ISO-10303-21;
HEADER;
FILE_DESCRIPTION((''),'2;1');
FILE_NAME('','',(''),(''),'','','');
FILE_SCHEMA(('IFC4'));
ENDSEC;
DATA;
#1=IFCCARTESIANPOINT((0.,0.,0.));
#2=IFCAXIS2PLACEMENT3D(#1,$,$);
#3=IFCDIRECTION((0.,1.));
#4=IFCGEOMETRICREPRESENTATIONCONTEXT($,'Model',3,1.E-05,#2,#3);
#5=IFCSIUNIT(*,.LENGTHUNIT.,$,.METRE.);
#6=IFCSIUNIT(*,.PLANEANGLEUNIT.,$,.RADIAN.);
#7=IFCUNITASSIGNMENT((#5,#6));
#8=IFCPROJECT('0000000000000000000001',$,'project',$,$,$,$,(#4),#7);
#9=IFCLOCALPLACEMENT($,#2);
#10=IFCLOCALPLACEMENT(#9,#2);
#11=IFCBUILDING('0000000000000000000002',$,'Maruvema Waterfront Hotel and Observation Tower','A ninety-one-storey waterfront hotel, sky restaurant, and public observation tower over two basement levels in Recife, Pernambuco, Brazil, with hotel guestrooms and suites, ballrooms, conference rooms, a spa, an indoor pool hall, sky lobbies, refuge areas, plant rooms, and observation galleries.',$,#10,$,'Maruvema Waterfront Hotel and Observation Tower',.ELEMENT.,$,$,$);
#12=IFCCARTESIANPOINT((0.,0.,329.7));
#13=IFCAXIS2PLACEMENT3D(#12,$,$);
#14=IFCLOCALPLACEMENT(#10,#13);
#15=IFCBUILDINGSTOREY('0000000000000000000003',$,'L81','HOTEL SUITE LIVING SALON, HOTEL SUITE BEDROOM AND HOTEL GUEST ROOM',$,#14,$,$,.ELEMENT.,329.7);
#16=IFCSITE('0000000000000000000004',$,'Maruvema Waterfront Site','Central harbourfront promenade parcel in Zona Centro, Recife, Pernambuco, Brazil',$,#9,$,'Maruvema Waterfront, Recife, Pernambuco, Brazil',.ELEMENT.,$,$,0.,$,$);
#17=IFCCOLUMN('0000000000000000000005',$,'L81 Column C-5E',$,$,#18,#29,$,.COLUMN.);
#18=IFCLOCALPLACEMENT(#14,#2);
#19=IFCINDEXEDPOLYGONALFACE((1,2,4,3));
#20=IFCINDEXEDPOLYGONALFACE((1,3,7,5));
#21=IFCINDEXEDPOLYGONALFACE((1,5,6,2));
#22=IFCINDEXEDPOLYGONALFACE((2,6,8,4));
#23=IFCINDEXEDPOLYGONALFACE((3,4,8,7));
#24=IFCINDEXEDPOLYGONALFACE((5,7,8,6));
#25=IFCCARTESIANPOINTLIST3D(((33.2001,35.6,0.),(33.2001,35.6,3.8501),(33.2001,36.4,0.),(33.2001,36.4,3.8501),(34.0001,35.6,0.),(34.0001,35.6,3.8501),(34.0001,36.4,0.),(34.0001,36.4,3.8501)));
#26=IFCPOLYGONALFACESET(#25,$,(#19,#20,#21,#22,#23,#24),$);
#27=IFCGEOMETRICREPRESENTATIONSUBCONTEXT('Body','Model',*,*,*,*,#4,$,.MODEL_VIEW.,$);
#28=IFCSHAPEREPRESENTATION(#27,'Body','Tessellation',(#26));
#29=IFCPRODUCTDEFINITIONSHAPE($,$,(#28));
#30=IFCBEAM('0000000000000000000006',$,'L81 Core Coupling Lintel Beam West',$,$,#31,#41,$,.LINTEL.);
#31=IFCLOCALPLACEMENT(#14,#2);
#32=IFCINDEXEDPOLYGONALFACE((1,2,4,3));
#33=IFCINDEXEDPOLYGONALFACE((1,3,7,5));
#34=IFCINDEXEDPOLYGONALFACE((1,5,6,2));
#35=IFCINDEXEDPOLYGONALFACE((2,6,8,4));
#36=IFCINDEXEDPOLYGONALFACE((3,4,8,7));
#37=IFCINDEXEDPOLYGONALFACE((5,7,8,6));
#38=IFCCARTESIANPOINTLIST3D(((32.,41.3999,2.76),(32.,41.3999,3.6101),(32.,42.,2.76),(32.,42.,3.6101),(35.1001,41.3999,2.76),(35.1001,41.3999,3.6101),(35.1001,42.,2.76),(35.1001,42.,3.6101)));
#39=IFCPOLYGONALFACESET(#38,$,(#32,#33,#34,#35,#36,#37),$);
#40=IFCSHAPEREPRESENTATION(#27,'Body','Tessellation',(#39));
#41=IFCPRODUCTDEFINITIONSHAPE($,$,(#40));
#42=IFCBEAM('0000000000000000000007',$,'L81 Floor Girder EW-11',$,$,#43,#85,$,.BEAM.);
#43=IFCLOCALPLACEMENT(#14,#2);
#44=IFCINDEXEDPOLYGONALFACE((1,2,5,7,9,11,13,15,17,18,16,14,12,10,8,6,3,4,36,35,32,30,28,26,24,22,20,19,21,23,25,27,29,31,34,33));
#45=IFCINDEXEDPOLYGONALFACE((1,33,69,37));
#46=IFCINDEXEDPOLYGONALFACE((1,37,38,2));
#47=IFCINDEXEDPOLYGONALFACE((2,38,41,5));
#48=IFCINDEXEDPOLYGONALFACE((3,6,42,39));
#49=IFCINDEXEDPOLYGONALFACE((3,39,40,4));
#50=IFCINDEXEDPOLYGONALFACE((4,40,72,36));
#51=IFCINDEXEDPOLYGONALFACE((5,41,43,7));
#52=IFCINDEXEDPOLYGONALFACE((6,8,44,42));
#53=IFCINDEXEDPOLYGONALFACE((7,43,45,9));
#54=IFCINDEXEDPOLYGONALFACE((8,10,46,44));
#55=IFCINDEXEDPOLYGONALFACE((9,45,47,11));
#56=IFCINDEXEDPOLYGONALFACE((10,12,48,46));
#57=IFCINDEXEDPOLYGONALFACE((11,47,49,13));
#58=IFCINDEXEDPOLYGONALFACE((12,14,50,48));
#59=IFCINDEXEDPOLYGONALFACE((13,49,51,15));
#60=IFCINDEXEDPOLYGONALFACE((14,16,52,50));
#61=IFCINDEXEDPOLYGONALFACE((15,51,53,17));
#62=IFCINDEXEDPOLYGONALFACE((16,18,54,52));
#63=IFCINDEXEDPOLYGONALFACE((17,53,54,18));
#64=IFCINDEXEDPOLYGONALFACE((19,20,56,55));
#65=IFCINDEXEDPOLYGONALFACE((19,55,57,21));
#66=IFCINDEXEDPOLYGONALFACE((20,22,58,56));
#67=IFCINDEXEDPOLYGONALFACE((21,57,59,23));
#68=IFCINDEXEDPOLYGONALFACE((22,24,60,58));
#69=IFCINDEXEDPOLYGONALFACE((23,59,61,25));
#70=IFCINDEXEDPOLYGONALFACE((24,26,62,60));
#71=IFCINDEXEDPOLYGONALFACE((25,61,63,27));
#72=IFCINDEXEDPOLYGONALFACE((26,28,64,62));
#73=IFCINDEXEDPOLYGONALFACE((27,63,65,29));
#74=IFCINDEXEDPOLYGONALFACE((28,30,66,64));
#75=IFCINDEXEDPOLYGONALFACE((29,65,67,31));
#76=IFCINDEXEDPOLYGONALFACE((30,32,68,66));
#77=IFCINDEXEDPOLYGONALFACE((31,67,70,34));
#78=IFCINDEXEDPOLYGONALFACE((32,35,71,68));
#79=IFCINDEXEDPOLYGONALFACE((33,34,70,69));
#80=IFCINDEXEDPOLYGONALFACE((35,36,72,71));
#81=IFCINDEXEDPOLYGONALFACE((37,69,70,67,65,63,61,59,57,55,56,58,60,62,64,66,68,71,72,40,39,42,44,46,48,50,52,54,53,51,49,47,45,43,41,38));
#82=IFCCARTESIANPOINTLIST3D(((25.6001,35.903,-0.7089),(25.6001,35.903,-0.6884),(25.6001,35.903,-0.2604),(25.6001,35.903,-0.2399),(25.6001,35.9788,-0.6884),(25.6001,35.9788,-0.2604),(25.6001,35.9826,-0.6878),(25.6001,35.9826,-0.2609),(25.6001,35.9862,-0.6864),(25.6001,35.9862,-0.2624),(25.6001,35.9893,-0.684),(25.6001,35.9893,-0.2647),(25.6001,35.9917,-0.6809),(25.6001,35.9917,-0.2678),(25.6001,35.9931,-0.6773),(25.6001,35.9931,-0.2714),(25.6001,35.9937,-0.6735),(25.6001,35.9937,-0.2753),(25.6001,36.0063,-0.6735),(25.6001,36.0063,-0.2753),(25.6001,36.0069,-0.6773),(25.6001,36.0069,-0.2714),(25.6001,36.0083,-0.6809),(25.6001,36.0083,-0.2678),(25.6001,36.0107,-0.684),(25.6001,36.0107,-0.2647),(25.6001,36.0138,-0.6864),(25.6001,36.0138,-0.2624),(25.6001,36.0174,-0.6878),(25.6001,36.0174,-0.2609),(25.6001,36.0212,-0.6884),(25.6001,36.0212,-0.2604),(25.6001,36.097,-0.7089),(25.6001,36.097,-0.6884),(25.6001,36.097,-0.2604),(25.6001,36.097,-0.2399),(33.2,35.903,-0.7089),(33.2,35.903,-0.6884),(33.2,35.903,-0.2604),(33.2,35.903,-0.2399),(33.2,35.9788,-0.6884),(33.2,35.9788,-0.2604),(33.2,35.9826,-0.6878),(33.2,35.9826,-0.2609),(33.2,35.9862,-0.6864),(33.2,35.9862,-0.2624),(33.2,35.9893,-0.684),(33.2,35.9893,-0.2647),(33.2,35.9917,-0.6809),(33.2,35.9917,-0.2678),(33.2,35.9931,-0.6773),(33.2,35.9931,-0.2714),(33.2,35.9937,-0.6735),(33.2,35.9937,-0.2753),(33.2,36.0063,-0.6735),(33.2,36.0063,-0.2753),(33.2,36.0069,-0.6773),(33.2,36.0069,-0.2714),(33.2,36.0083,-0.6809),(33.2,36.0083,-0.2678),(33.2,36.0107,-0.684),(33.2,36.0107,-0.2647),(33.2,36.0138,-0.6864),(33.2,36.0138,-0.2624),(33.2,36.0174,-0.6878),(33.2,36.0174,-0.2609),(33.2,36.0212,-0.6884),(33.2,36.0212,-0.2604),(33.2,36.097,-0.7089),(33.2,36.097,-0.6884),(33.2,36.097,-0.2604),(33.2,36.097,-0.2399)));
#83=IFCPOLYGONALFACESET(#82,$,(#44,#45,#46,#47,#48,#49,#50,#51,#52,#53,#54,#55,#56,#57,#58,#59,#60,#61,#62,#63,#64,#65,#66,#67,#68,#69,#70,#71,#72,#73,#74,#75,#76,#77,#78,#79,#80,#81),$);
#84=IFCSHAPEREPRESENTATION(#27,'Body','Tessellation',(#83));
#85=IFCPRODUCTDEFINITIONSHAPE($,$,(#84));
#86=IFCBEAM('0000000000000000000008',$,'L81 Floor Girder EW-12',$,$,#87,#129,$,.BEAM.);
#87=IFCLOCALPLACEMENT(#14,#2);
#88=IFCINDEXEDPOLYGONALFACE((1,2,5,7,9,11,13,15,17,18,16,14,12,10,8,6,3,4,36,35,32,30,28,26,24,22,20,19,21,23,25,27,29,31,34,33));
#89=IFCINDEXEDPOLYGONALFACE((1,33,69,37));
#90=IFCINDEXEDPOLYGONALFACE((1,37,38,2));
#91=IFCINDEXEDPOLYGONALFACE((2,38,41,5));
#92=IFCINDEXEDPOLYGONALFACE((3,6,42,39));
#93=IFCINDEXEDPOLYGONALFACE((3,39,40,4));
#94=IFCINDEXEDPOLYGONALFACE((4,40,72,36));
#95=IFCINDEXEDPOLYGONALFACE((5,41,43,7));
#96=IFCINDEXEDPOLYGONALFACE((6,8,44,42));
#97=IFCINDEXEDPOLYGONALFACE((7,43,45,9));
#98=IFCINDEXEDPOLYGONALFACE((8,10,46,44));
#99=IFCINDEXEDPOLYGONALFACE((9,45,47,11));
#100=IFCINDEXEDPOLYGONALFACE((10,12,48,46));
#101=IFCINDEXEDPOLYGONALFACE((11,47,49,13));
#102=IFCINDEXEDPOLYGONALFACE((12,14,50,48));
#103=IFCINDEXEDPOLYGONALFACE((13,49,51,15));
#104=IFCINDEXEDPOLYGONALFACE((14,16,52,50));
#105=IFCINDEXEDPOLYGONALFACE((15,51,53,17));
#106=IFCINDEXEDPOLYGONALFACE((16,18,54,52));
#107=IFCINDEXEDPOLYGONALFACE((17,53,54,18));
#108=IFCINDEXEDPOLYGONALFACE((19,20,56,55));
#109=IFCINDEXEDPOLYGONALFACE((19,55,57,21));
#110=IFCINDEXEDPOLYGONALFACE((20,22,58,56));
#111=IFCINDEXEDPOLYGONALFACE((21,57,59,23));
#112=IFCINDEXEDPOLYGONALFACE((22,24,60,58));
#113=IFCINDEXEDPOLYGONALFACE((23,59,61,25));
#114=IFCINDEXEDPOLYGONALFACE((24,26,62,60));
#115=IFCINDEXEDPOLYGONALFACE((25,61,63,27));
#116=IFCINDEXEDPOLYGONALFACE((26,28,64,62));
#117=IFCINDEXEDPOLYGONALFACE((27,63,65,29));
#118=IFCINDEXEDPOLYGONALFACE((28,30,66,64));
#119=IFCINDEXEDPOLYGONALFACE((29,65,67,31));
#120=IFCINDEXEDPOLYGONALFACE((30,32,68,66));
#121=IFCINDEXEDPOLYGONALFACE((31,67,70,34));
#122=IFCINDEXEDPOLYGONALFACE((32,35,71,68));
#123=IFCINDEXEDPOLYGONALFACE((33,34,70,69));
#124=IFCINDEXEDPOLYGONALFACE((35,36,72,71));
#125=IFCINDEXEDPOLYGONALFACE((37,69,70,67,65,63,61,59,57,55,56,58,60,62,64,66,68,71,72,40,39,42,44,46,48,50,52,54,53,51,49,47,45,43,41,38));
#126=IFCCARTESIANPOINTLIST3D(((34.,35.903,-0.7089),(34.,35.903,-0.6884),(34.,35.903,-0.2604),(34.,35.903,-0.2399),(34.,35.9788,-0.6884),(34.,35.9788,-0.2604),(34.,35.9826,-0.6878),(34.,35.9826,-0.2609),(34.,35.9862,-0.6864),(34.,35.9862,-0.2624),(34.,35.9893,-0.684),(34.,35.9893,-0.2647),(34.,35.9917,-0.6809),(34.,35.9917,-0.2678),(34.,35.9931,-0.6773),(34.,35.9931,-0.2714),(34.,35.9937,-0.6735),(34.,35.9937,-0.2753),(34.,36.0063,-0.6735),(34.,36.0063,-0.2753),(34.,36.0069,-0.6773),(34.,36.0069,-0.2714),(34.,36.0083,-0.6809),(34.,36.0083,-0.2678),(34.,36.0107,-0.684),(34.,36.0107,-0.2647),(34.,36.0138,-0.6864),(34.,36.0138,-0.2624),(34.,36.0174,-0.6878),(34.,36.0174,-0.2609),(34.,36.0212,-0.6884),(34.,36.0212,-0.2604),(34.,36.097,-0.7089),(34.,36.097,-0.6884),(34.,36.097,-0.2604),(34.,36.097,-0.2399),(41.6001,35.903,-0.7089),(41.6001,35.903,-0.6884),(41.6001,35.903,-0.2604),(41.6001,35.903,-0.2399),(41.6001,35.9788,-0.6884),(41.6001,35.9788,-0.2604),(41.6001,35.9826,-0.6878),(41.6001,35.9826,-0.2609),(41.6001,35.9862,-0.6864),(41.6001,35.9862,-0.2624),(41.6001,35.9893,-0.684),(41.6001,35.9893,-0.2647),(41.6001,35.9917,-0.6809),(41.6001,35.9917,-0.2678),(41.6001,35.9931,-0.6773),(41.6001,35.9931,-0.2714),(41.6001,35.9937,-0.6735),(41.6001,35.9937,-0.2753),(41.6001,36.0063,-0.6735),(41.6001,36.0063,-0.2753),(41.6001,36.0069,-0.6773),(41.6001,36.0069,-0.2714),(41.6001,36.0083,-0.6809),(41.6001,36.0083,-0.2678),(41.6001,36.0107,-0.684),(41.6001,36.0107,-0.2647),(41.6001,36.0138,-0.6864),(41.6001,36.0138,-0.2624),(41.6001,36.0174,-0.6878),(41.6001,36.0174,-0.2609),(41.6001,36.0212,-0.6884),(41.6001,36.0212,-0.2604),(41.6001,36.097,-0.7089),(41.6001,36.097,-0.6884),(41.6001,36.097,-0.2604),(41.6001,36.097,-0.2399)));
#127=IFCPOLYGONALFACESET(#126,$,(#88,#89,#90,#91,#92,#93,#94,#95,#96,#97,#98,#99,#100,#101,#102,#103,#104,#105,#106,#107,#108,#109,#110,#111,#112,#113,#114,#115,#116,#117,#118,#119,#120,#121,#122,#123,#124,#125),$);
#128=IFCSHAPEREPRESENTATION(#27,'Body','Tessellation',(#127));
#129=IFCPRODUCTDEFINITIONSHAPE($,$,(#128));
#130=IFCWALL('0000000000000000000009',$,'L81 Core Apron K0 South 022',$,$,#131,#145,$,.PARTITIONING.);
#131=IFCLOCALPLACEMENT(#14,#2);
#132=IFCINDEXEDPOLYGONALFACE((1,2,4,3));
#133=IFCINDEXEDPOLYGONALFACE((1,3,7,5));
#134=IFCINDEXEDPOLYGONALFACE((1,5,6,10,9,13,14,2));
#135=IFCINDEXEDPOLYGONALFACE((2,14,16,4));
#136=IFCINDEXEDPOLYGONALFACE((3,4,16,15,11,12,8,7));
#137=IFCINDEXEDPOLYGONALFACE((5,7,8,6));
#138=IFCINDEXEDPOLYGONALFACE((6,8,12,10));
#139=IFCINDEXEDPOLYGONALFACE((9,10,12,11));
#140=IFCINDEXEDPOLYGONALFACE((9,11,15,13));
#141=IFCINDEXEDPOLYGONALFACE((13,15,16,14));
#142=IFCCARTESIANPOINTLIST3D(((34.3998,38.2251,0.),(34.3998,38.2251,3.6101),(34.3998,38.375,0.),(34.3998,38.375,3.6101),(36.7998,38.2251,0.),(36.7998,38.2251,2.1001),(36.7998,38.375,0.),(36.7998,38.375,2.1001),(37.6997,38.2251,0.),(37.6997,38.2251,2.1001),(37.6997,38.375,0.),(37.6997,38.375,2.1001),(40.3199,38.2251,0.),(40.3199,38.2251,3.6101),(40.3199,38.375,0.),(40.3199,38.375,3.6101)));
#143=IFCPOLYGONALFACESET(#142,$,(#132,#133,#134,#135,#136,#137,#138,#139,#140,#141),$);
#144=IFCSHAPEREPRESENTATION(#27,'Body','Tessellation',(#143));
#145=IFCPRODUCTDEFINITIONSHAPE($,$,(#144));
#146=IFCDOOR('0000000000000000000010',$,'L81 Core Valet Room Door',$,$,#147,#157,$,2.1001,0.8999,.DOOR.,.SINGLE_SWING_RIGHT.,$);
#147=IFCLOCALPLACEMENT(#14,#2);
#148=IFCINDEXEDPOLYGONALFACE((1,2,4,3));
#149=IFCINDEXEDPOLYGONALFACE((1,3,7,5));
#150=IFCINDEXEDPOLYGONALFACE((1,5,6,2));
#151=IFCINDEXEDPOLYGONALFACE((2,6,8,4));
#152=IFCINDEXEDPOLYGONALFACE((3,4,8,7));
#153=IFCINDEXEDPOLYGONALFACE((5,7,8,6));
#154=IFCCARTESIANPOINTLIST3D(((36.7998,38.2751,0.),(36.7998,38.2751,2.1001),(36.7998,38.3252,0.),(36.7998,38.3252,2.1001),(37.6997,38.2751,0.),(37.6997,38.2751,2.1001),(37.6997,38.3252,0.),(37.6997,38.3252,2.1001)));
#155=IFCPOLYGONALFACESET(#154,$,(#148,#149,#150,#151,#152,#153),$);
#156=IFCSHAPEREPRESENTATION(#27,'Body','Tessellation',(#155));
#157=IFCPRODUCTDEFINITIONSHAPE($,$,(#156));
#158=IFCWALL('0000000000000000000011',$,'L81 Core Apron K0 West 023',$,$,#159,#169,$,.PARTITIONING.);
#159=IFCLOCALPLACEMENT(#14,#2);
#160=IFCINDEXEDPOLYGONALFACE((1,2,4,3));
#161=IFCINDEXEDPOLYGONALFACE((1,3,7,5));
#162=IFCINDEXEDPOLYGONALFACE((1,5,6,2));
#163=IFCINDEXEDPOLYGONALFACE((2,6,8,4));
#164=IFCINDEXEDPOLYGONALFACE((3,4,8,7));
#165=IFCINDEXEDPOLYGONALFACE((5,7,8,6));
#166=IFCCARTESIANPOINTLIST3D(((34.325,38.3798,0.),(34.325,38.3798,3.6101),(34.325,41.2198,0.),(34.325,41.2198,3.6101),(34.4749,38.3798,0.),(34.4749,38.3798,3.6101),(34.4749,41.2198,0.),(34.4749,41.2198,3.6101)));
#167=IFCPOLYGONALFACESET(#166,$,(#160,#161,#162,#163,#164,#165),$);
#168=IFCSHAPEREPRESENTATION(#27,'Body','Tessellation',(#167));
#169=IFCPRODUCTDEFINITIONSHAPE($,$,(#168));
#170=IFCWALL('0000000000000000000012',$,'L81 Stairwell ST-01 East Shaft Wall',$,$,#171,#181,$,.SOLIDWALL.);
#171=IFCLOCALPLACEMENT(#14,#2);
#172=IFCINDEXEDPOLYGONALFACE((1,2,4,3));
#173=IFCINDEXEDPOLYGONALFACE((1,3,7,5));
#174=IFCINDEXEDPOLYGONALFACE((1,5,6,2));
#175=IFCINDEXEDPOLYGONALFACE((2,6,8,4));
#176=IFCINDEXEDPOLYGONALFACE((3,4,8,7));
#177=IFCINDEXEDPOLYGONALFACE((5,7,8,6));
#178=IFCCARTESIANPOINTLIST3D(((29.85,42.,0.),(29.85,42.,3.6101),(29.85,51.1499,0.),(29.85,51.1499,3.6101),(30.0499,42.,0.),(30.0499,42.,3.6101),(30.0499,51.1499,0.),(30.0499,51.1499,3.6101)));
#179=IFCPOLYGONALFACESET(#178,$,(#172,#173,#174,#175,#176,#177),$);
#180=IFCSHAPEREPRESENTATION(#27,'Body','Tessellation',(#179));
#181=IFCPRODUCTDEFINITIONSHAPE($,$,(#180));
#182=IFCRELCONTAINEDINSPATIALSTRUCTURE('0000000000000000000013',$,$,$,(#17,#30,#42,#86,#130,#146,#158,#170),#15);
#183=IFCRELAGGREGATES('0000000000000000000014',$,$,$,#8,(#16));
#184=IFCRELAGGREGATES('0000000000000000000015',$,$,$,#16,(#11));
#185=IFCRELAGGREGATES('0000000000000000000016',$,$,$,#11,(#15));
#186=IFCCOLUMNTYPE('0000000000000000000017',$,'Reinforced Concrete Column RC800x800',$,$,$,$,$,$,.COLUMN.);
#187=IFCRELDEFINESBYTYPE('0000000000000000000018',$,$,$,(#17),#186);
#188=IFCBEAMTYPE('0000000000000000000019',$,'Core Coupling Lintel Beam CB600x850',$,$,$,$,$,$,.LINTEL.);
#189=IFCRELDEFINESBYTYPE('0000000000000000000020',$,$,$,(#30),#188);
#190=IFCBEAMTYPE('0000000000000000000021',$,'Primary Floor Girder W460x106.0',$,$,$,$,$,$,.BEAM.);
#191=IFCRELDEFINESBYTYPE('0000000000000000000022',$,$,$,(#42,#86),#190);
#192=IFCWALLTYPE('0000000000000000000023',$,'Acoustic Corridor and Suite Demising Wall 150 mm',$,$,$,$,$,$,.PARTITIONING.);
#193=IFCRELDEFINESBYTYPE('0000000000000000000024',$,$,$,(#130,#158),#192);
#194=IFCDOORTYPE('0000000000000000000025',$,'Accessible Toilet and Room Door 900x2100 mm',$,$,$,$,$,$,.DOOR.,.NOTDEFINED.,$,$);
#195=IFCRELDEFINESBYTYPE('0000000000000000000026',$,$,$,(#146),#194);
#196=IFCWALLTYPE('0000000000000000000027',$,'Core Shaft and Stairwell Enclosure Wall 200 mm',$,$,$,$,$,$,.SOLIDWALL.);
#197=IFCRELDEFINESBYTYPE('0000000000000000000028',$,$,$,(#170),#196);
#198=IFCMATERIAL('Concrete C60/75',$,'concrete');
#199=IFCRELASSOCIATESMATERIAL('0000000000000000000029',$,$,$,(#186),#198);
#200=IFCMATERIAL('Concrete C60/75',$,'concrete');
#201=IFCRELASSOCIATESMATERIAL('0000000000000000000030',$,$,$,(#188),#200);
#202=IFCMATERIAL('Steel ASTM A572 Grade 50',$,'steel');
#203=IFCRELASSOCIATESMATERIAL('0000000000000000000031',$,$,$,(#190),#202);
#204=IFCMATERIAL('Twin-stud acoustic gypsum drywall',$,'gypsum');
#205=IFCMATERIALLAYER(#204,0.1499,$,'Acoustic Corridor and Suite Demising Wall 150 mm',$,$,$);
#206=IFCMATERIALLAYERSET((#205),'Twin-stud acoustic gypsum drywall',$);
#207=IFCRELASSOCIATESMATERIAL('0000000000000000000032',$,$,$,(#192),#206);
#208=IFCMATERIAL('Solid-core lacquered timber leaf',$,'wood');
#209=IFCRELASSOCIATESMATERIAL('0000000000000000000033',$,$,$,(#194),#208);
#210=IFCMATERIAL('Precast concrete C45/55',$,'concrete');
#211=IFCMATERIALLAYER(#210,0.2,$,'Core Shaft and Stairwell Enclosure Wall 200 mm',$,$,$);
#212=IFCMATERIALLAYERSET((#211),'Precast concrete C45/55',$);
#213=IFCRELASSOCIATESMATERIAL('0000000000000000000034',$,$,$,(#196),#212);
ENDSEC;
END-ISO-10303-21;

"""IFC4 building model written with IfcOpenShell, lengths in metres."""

from ifc_helpers import new_model, si_unit, direction, frame, frame_2d, origin, origin_2d, place, context, subcontext, project, spatial, rectangle, i_section, extrude, material, layer, layer_set, material_profile, profile_set, type_object, element, fill, save


model = new_model("IFC4")

# Units and contexts
model_context = context("Model", 3, precision=1e-05, world=origin(), true_north=direction((0.0, 1.0)))
body_context = subcontext(model_context, "Body", "Model", "MODEL_VIEW")
ifc_project = project(units=[si_unit("LENGTHUNIT", "METRE"), si_unit("PLANEANGLEUNIT", "RADIAN")], contexts=[model_context])

# Site, building, storey
site_placement = place(None, origin())
site = spatial("IfcSite", under=ifc_project, at=site_placement, Name="Maruvema Waterfront Site", Description="Central harbourfront promenade parcel in Zona Centro, Recife, Pernambuco, Brazil", LongName="Maruvema Waterfront, Recife, Pernambuco, Brazil", CompositionType="ELEMENT", RefElevation=0.0)
building_placement = place(site_placement, origin())
building = spatial("IfcBuilding", under=site, at=building_placement, Name="Maruvema Waterfront Hotel and Observation Tower", Description="A ninety-one-storey waterfront hotel, sky restaurant, and public observation tower over two basement levels in Recife, Pernambuco, Brazil, with hotel guestrooms and suites, ballrooms, conference rooms, a spa, an indoor pool hall, sky lobbies, refuge areas, plant rooms, and observation galleries.", LongName="Maruvema Waterfront Hotel and Observation Tower", CompositionType="ELEMENT")
storey_placement = place(building_placement, frame((0.0, 0.0, 329.7)))
storey = spatial("IfcBuildingStorey", under=building, at=storey_placement, Name="L81", Description="HOTEL SUITE LIVING SALON, HOTEL SUITE BEDROOM AND HOTEL GUEST ROOM", CompositionType="ELEMENT", Elevation=329.7)

# Column
ifc_material_1 = material(Name="Concrete C60/75", Category="concrete")
ifc_material_profile_1 = material_profile(ifc_material_1, rectangle(XDim=0.8, YDim=0.8, at=origin_2d()), Name="RC800x800")
ifc_profile_set_1 = profile_set([ifc_material_profile_1], Name="Concrete C60/75")
column_type = type_object("IfcColumnType", Name="Reinforced Concrete Column RC800x800", PredefinedType="COLUMN", material=ifc_profile_set_1)
column_placement = place(storey_placement, frame((33.6001, 36.0, 0.0), z_axis=(0.0, 0.0, 1.0), x_axis=(1.0, 0.0, 0.0)))
element("IfcColumn", 1, at=column_placement, inside=storey, type_object=column_type, Name="L81 Column C-5E", PredefinedType="COLUMN", context=body_context, shape_type="SweptSolid", body=[
    extrude(rectangle(XDim=0.8, YDim=0.8, at=origin_2d()), origin(), (0.0, 0.0, 1.0), 3.8501),
])

# Beams
ifc_material_2 = material(Name="Concrete C60/75", Category="concrete")
ifc_material_profile_2 = material_profile(ifc_material_2, rectangle(XDim=0.6001, YDim=0.8501, at=origin_2d()), Name="CB600x850")
ifc_profile_set_2 = profile_set([ifc_material_profile_2], Name="Concrete C60/75")
beam_type_1 = type_object("IfcBeamType", Name="Core Coupling Lintel Beam CB600x850", PredefinedType="LINTEL", material=ifc_profile_set_2)
beam_1_placement = place(storey_placement, frame((32.0, 41.7, 3.1851), z_axis=(1.0, 0.0, 0.0), x_axis=(0.0, 1.0, 0.0)))
element("IfcBeam", 2, at=beam_1_placement, inside=storey, type_object=beam_type_1, Name="L81 Core Coupling Lintel Beam West", PredefinedType="LINTEL", context=body_context, shape_type="SweptSolid", body=[
    extrude(rectangle(XDim=0.6001, YDim=0.8501, at=origin_2d()), origin(), (0.0, 0.0, 1.0), 3.1001),
])
ifc_material_3 = material(Name="Steel ASTM A572 Grade 50", Category="steel")
ifc_material_profile_3 = material_profile(ifc_material_3, i_section(OverallWidth=0.1941, OverallDepth=0.469, WebThickness=0.0127, FlangeThickness=0.0205, FilletRadius=0.0149, at=origin_2d()), Name="W460x106.0")
ifc_profile_set_3 = profile_set([ifc_material_profile_3], Name="Steel ASTM A572 Grade 50")
beam_type_2 = type_object("IfcBeamType", Name="Primary Floor Girder W460x106.0", PredefinedType="BEAM", material=ifc_profile_set_3)
beam_2_placement = place(storey_placement, frame((25.6001, 36.0, -0.4744), z_axis=(1.0, 0.0, 0.0), x_axis=(0.0, 1.0, 0.0)))
element("IfcBeam", 3, at=beam_2_placement, inside=storey, type_object=beam_type_2, Name="L81 Floor Girder EW-11", PredefinedType="BEAM", context=body_context, shape_type="SweptSolid", body=[
    extrude(i_section(OverallWidth=0.1941, OverallDepth=0.469, WebThickness=0.0127, FlangeThickness=0.0205, FilletRadius=0.0149, at=origin_2d()), origin(), (0.0, 0.0, 1.0), 7.5999),
])
beam_3_placement = place(storey_placement, frame((34.0, 36.0, -0.4744), z_axis=(1.0, 0.0, 0.0), x_axis=(0.0, 1.0, 0.0)))
element("IfcBeam", 4, at=beam_3_placement, inside=storey, type_object=beam_type_2, Name="L81 Floor Girder EW-12", PredefinedType="BEAM", context=body_context, shape_type="SweptSolid", body=[
    extrude(i_section(OverallWidth=0.1941, OverallDepth=0.469, WebThickness=0.0127, FlangeThickness=0.0205, FilletRadius=0.0149, at=origin_2d()), origin(), (0.0, 0.0, 1.0), 7.6001),
])

# Wall, opening, door
ifc_material_4 = material(Name="Twin-stud acoustic gypsum drywall", Category="gypsum")
ifc_layer_1 = layer(ifc_material_4, 0.1499, Name="Acoustic Corridor and Suite Demising Wall 150 mm")
ifc_layer_set_1 = layer_set([ifc_layer_1], Name="Twin-stud acoustic gypsum drywall")
wall_type_1 = type_object("IfcWallType", Name="Acoustic Corridor and Suite Demising Wall 150 mm", PredefinedType="PARTITIONING", material=ifc_layer_set_1)
wall_1_placement = place(storey_placement, frame((34.3999, 38.3, 0.0), z_axis=(0.0, 0.0, 1.0), x_axis=(1.0, 0.0, 0.0)))
wall_1 = element("IfcWall", 5, at=wall_1_placement, inside=storey, type_object=wall_type_1, Name="L81 Core Apron K0 South 022", PredefinedType="PARTITIONING", context=body_context, shape_type="SweptSolid", body=[
    extrude(rectangle(XDim=5.9202, YDim=0.1499, at=frame_2d((2.96, 0.0))), origin(), (0.0, 0.0, 1.0), 3.6101),
])
opening_1_placement = place(wall_1_placement, frame((2.3999, 0.0, 0.0)))
opening_1 = element("IfcOpeningElement", 6, at=opening_1_placement, cuts=wall_1, PredefinedType="OPENING", context=body_context, shape_type="SweptSolid", body=[
    extrude(rectangle(XDim=0.8999, YDim=2.1001, at=frame_2d((0.45, 1.05))), frame((0.0, 0.085, 0.0), z_axis=(0.0, -1.0, 0.0), x_axis=(1.0, 0.0, 0.0)), (0.0, 0.0, 1.0), 0.1699),
])
ifc_material_5 = material(Name="Solid-core lacquered timber leaf", Category="wood")
door_type_1 = type_object("IfcDoorType", Name="Accessible Toilet and Room Door 900x2100 mm", OperationType="NOTDEFINED", PredefinedType="DOOR", material=ifc_material_5)
door_1_placement = place(opening_1_placement, frame((0.8999, 0.0, 0.0), z_axis=(0.0, 0.0, 1.0), x_axis=(-1.0, 0.0, 0.0)))
door_1 = element("IfcDoor", 7, at=door_1_placement, inside=storey, type_object=door_type_1, Name="L81 Core Valet Room Door", OperationType="SINGLE_SWING_RIGHT", OverallHeight=2.1001, OverallWidth=0.8999, PredefinedType="DOOR", context=body_context, shape_type="SweptSolid", body=[
    extrude(rectangle(XDim=0.8999, YDim=2.1001, at=frame_2d((0.45, 1.05))), frame((0.0, 0.0249, 0.0), z_axis=(0.0, -1.0, 0.0), x_axis=(1.0, 0.0, 0.0)), (0.0, 0.0, 1.0), 0.05),
])
fill(opening_1, door_1)

# Walls
wall_2_placement = place(storey_placement, frame((34.3999, 38.3799, 0.0), z_axis=(0.0, 0.0, 1.0), x_axis=(0.0, 1.0, 0.0)))
element("IfcWall", 8, at=wall_2_placement, inside=storey, type_object=wall_type_1, Name="L81 Core Apron K0 West 023", PredefinedType="PARTITIONING", context=body_context, shape_type="SweptSolid", body=[
    extrude(rectangle(XDim=2.8401, YDim=0.1499, at=frame_2d((1.4199, 0.0))), origin(), (0.0, 0.0, 1.0), 3.6101),
])
ifc_material_6 = material(Name="Precast concrete C45/55", Category="concrete")
ifc_layer_2 = layer(ifc_material_6, 0.2, Name="Core Shaft and Stairwell Enclosure Wall 200 mm")
ifc_layer_set_2 = layer_set([ifc_layer_2], Name="Precast concrete C45/55")
wall_type_2 = type_object("IfcWallType", Name="Core Shaft and Stairwell Enclosure Wall 200 mm", PredefinedType="SOLIDWALL", material=ifc_layer_set_2)
wall_3_placement = place(storey_placement, frame((29.95, 42.0, 0.0), z_axis=(0.0, 0.0, 1.0), x_axis=(0.0, 1.0, 0.0)))
element("IfcWall", 9, at=wall_3_placement, inside=storey, type_object=wall_type_2, Name="L81 Stairwell ST-01 East Shaft Wall", PredefinedType="SOLIDWALL", context=body_context, shape_type="SweptSolid", body=[
    extrude(rectangle(XDim=9.1499, YDim=0.2, at=frame_2d((4.575, 0.0))), origin(), (0.0, 0.0, 1.0), 3.6101),
])

save(model, "model.ifc")
